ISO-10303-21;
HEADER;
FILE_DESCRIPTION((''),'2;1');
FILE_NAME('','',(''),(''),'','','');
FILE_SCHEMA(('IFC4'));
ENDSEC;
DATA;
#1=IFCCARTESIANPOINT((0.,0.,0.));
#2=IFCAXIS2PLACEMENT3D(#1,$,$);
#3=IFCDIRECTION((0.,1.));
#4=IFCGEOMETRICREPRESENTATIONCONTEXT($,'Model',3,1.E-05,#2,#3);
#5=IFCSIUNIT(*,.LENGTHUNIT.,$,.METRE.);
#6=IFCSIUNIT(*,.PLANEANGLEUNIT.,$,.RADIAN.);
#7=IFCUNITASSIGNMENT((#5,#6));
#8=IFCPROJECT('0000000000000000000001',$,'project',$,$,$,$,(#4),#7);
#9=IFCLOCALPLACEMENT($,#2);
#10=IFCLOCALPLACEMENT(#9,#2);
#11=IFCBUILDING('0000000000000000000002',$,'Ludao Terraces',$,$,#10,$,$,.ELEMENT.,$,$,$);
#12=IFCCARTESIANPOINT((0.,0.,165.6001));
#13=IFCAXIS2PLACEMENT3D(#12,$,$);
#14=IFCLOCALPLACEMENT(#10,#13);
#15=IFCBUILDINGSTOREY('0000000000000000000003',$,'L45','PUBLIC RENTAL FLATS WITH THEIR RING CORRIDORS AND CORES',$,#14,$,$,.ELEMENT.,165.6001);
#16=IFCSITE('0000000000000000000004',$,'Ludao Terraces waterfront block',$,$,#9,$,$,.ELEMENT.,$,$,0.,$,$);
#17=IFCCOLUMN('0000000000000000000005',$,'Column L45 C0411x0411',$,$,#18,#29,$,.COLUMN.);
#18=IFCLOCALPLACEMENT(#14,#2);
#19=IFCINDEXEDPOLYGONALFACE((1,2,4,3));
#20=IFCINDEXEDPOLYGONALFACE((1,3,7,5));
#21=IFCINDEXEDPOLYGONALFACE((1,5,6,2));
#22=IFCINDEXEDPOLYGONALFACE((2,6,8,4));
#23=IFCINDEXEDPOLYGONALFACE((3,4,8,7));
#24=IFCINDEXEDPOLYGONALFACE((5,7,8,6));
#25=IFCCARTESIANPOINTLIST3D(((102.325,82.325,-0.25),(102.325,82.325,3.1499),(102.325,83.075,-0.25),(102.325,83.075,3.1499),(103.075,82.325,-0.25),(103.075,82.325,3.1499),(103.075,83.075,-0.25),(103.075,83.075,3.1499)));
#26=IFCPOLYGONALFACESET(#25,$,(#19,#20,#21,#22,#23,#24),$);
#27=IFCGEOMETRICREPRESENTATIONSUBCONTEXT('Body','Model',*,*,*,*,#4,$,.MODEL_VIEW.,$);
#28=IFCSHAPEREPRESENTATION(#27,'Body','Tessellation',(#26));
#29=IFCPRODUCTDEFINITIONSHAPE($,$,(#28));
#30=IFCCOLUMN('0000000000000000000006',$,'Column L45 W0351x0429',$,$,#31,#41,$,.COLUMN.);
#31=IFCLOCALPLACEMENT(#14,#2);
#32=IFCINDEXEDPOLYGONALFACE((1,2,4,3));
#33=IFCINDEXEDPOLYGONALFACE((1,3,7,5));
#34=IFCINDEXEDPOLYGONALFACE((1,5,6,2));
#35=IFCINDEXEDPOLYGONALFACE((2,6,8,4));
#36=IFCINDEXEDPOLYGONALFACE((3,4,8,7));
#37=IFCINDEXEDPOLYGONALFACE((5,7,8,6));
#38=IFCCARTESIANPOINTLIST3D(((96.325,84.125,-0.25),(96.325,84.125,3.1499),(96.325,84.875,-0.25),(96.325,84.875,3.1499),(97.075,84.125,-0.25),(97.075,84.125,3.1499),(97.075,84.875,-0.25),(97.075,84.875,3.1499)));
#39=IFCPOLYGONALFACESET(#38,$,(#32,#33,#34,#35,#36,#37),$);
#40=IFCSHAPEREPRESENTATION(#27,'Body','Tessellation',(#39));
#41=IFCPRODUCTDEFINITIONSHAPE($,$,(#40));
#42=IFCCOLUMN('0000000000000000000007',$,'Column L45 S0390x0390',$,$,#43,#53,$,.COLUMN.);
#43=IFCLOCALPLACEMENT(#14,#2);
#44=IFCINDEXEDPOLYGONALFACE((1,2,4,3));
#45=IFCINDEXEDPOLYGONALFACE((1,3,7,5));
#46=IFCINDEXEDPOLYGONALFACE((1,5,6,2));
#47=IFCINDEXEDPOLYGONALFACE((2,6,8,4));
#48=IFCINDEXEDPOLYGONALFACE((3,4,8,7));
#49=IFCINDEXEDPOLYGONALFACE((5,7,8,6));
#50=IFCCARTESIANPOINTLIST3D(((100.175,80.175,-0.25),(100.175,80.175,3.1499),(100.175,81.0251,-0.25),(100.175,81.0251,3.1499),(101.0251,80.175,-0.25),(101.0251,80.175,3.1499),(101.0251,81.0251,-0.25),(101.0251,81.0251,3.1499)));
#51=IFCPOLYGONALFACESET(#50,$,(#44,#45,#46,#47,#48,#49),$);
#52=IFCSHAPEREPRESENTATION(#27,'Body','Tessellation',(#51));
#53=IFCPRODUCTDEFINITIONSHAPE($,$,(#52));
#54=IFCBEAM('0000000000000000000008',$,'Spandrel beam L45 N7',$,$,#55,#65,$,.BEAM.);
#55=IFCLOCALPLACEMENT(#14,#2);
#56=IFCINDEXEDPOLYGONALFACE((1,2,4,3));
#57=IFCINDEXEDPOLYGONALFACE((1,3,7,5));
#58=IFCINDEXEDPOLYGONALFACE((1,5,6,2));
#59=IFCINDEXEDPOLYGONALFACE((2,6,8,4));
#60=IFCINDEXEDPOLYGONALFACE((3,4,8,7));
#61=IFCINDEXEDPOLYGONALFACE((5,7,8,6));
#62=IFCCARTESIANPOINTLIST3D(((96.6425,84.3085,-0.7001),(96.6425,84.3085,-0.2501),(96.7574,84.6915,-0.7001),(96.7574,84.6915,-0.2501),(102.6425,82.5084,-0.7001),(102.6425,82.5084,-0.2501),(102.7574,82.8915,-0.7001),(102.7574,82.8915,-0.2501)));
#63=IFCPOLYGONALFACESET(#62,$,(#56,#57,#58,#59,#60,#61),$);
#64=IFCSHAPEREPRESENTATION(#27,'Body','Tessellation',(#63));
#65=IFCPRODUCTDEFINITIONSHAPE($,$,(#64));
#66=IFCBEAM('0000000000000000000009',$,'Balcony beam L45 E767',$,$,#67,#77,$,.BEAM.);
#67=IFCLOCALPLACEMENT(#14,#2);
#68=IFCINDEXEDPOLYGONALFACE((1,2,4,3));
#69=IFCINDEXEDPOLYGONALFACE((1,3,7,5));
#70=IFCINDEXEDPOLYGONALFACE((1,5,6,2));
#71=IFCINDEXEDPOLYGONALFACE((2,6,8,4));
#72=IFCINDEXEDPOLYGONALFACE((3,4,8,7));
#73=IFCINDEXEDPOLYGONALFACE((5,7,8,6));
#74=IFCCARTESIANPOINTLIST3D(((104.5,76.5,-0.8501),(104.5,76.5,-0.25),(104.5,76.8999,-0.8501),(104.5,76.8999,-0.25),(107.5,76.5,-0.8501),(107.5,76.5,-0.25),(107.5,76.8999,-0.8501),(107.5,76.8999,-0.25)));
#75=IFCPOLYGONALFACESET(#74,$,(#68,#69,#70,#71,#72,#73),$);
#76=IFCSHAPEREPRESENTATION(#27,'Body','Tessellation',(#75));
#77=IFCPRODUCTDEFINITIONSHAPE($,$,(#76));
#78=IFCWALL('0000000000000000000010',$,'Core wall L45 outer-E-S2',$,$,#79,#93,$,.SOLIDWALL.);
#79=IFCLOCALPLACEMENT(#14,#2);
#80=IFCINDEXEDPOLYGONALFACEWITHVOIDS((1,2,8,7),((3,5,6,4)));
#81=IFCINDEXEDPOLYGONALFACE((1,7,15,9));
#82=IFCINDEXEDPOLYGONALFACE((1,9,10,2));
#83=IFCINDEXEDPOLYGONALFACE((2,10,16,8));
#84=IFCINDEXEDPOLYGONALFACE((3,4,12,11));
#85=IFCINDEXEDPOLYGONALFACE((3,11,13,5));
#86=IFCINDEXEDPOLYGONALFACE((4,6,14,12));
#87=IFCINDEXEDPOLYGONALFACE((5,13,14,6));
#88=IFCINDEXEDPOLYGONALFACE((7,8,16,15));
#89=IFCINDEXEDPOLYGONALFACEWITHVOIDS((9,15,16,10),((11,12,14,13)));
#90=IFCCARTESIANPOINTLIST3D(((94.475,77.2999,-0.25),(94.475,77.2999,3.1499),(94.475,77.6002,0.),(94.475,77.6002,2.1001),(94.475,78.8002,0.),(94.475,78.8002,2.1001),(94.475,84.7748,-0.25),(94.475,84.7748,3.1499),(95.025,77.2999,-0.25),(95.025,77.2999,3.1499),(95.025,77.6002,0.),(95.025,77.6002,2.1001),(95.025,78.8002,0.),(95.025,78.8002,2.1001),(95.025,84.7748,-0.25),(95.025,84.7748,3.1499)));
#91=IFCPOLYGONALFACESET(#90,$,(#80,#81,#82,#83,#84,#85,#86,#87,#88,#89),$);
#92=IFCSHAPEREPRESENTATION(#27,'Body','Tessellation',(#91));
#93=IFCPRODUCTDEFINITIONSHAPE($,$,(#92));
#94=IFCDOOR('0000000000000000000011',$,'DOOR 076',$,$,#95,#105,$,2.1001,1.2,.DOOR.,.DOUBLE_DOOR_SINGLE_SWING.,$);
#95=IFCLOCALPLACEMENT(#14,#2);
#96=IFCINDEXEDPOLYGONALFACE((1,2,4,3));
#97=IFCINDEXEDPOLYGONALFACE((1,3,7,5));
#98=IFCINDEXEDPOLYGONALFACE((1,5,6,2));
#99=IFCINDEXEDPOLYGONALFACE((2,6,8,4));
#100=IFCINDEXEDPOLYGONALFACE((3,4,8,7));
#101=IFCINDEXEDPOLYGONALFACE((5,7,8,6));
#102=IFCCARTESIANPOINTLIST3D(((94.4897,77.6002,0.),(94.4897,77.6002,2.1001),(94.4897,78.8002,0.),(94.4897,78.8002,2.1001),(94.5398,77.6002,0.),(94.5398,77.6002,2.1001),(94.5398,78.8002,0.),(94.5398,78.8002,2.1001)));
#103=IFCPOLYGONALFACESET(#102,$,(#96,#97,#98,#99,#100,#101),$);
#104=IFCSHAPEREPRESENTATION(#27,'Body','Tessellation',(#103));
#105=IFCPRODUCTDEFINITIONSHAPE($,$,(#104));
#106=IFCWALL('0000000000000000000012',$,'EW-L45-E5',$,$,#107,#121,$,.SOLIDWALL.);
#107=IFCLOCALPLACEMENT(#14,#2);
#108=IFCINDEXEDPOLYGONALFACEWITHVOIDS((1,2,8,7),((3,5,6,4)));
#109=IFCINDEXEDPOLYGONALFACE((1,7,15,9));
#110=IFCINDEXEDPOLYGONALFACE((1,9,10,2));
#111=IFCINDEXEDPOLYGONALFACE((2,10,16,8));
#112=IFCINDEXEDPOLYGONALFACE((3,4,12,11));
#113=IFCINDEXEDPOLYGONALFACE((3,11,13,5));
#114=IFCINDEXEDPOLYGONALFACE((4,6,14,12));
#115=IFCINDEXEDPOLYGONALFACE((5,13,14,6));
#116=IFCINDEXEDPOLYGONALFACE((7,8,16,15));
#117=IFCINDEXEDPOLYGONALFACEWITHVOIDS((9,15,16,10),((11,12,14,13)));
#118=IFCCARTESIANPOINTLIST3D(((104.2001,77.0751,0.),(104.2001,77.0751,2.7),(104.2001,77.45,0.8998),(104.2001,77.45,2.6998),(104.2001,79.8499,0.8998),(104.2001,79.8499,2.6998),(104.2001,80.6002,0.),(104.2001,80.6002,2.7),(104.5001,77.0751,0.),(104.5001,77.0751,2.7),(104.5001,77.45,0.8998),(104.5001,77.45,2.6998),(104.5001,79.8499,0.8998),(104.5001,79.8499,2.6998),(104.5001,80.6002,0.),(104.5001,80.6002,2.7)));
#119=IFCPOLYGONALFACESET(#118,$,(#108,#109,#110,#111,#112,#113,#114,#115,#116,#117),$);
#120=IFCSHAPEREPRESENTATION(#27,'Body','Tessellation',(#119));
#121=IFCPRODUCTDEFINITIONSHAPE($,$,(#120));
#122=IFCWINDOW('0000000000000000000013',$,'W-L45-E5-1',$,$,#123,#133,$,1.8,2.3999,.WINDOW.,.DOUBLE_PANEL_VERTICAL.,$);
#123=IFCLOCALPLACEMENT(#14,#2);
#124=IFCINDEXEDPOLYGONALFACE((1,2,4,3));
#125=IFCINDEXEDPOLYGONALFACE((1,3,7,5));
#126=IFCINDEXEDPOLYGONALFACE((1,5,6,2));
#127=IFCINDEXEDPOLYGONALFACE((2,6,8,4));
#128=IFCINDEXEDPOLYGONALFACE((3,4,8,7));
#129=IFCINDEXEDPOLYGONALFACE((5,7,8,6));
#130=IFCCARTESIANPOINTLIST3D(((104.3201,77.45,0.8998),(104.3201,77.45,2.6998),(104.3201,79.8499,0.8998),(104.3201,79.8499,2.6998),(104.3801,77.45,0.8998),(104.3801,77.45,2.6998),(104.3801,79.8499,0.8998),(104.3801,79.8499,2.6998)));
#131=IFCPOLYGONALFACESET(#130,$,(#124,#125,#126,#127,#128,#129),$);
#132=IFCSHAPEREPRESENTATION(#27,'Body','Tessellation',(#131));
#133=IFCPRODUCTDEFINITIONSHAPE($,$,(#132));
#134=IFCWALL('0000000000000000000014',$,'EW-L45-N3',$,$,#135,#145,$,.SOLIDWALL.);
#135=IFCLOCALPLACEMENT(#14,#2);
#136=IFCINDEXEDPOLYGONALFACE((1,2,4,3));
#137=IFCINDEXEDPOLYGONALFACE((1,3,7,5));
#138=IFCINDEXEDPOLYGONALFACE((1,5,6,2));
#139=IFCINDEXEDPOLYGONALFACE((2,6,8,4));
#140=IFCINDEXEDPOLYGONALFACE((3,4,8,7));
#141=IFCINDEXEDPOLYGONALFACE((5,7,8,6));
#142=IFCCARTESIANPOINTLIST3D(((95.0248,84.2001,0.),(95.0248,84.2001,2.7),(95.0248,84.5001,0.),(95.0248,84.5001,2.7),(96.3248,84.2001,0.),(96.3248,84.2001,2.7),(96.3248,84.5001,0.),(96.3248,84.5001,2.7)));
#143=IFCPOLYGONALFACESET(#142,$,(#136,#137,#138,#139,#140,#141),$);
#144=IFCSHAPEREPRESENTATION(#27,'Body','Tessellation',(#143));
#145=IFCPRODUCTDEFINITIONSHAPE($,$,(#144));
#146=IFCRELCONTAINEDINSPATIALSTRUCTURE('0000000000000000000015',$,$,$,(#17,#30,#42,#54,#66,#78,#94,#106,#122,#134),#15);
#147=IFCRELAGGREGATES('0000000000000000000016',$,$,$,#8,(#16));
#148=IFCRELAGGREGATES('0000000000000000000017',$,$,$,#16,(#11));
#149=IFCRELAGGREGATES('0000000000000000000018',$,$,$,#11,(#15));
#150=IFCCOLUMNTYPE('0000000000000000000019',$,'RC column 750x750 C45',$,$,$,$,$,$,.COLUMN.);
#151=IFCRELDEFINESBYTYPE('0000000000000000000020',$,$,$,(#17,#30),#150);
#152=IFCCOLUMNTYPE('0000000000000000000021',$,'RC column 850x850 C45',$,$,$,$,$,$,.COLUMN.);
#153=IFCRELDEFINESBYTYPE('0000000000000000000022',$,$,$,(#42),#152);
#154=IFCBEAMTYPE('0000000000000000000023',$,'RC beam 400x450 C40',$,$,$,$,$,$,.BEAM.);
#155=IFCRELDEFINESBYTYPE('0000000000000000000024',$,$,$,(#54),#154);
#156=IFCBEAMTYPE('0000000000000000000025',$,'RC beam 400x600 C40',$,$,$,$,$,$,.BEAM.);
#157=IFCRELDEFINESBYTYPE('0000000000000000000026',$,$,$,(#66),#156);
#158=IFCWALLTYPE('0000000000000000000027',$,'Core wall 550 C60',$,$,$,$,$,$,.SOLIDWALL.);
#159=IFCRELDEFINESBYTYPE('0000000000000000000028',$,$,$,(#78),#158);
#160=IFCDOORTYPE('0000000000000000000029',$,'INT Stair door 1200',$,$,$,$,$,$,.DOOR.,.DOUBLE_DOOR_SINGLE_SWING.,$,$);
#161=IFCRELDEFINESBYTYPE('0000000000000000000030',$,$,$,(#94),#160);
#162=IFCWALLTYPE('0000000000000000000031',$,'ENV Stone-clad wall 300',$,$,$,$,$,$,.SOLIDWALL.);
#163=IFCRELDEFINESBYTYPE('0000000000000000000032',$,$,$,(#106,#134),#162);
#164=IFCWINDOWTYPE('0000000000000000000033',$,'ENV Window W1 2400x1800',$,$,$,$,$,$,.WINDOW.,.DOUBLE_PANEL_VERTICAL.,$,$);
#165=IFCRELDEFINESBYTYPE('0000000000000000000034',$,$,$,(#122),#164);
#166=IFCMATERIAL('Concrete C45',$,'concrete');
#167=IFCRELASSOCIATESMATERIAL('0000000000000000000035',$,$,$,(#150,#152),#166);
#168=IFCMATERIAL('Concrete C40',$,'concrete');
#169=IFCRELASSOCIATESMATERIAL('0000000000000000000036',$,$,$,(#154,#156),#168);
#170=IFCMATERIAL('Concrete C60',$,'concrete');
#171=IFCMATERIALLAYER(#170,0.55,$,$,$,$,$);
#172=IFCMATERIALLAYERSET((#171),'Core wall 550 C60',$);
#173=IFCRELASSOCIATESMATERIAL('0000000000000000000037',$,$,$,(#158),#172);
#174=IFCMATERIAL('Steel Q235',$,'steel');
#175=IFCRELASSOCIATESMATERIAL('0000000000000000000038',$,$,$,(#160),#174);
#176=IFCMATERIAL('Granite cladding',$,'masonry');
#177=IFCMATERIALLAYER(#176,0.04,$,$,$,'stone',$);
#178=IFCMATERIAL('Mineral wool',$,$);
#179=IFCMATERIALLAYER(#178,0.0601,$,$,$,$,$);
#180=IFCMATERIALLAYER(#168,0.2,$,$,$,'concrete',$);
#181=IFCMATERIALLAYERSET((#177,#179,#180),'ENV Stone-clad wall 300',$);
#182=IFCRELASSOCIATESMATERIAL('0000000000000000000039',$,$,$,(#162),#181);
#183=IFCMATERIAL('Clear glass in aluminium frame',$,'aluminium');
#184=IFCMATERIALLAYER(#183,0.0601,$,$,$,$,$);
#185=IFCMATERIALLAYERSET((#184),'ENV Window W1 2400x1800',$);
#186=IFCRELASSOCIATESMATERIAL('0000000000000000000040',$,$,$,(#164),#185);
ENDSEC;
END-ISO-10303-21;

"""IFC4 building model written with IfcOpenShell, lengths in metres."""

from ifc_helpers import new_model, si_unit, direction, frame, frame_2d, origin, origin_2d, place, context, subcontext, project, spatial, rectangle, extrude, material, layer, layer_set, material_profile, profile_set, type_object, element, fill, save


model = new_model("IFC4")

# Units and contexts
model_context = context("Model", 3, precision=1e-05, world=origin(), true_north=direction((0.0, 1.0)))
body_context = subcontext(model_context, "Body", "Model", "MODEL_VIEW")
ifc_project = project(units=[si_unit("LENGTHUNIT", "METRE"), si_unit("PLANEANGLEUNIT", "RADIAN")], contexts=[model_context])

# Site, building, storey
site_placement = place(None, origin())
site = spatial("IfcSite", under=ifc_project, at=site_placement, Name="Ludao Terraces waterfront block", CompositionType="ELEMENT", RefElevation=0.0)
building_placement = place(site_placement, origin())
building = spatial("IfcBuilding", under=site, at=building_placement, Name="Ludao Terraces", CompositionType="ELEMENT")
storey_placement = place(building_placement, frame((0.0, 0.0, 165.6001)))
storey = spatial("IfcBuildingStorey", under=building, at=storey_placement, Name="L45", Description="PUBLIC RENTAL FLATS WITH THEIR RING CORRIDORS AND CORES", CompositionType="ELEMENT", Elevation=165.6001)

# Columns
ifc_material_1 = material(Name="Concrete C45", Category="concrete")
ifc_material_profile_1 = material_profile(ifc_material_1, rectangle(XDim=0.75, YDim=0.75, at=origin_2d()), Name="750 X 750")
ifc_profile_set_1 = profile_set([ifc_material_profile_1], Name="Concrete C45")
column_type_1 = type_object("IfcColumnType", Name="RC column 750x750 C45", PredefinedType="COLUMN", material=ifc_profile_set_1)
for number, where, z_axis, x_axis, name in (
    (1, (102.7, 82.7, -0.25), (0.0, 0.0, 1.0), (1.0, 0.0, 0.0), "Column L45 C0411x0411"),
    (2, (96.7, 84.5, -0.25), (0.0, 0.0, 1.0), (1.0, 0.0, 0.0), "Column L45 W0351x0429"),
):
    element("IfcColumn", number, at=place(storey_placement, frame(where, z_axis=z_axis, x_axis=x_axis)), inside=storey, type_object=column_type_1, Name=name, PredefinedType="COLUMN", context=body_context, shape_type="SweptSolid", body=[
        extrude(rectangle(XDim=0.75, YDim=0.75, at=origin_2d()), origin(), (0.0, 0.0, 1.0), 3.3999),
    ])
ifc_material_profile_2 = material_profile(ifc_material_1, rectangle(XDim=0.8501, YDim=0.8501, at=origin_2d()), Name="850 X 850")
ifc_profile_set_2 = profile_set([ifc_material_profile_2], Name="Concrete C45")
column_type_2 = type_object("IfcColumnType", Name="RC column 850x850 C45", PredefinedType="COLUMN", material=ifc_profile_set_2)
column_placement = place(storey_placement, frame((100.6001, 80.6001, -0.25), z_axis=(0.0, 0.0, 1.0), x_axis=(1.0, 0.0, 0.0)))
element("IfcColumn", 3, at=column_placement, inside=storey, type_object=column_type_2, Name="Column L45 S0390x0390", PredefinedType="COLUMN", context=body_context, shape_type="SweptSolid", body=[
    extrude(rectangle(XDim=0.8501, YDim=0.8501, at=origin_2d()), origin(), (0.0, 0.0, 1.0), 3.3999),
])

# Beams
ifc_material_2 = material(Name="Concrete C40", Category="concrete")
ifc_material_profile_3 = material_profile(ifc_material_2, rectangle(XDim=0.3999, YDim=0.45, at=origin_2d()), Name="400 X 450")
ifc_profile_set_3 = profile_set([ifc_material_profile_3], Name="Concrete C40")
beam_type_1 = type_object("IfcBeamType", Name="RC beam 400x450 C40", PredefinedType="BEAM", material=ifc_profile_set_3)
beam_1_placement = place(storey_placement, frame((96.7, 84.5, -0.4751), z_axis=(0.957824, -0.287355, 0.0), x_axis=(0.287355, 0.957824, 0.0)))
element("IfcBeam", 4, at=beam_1_placement, inside=storey, type_object=beam_type_1, Name="Spandrel beam L45 N7", PredefinedType="BEAM", context=body_context, shape_type="SweptSolid", body=[
    extrude(rectangle(XDim=0.3999, YDim=0.45, at=origin_2d()), origin(), (0.0, 0.0, 1.0), 6.2642),
])
ifc_material_profile_4 = material_profile(ifc_material_2, rectangle(XDim=0.3999, YDim=0.6001, at=origin_2d()), Name="400 X 600")
ifc_profile_set_4 = profile_set([ifc_material_profile_4], Name="Concrete C40")
beam_type_2 = type_object("IfcBeamType", Name="RC beam 400x600 C40", PredefinedType="BEAM", material=ifc_profile_set_4)
beam_2_placement = place(storey_placement, frame((104.5, 76.7, -0.55), z_axis=(1.0, 0.0, 0.0), x_axis=(0.0, 1.0, 0.0)))
element("IfcBeam", 5, at=beam_2_placement, inside=storey, type_object=beam_type_2, Name="Balcony beam L45 E767", PredefinedType="BEAM", context=body_context, shape_type="SweptSolid", body=[
    extrude(rectangle(XDim=0.3999, YDim=0.6001, at=origin_2d()), origin(), (0.0, 0.0, 1.0), 3.0),
])

# Wall, opening, door
ifc_material_3 = material(Name="Concrete C60", Category="concrete")
ifc_layer_1 = layer(ifc_material_3, 0.55)
ifc_layer_set_1 = layer_set([ifc_layer_1], Name="Core wall 550 C60")
wall_type_1 = type_object("IfcWallType", Name="Core wall 550 C60", PredefinedType="SOLIDWALL", material=ifc_layer_set_1)
wall_1_placement = place(storey_placement, frame((94.75, 77.3, -0.25), z_axis=(0.0, 0.0, 1.0), x_axis=(0.0, 1.0, 0.0)))
wall_1 = element("IfcWall", 6, at=wall_1_placement, inside=storey, type_object=wall_type_1, Name="Core wall L45 outer-E-S2", PredefinedType="SOLIDWALL", context=body_context, shape_type="SweptSolid", body=[
    extrude(rectangle(XDim=7.4749, YDim=0.55, at=frame_2d((3.7373, 0.0))), origin(), (0.0, 0.0, 1.0), 3.3999),
])
opening_1_placement = place(wall_1_placement, frame((0.3, 0.0, 0.25)))
opening_1 = element("IfcOpeningElement", 7, at=opening_1_placement, cuts=wall_1, PredefinedType="OPENING", context=body_context, shape_type="SweptSolid", body=[
    extrude(rectangle(XDim=1.2, YDim=2.1001, at=frame_2d((0.6001, 1.05))), frame((0.0, 0.2852, 0.0), z_axis=(0.0, -1.0, 0.0), x_axis=(1.0, 0.0, 0.0)), (0.0, 0.0, 1.0), 0.5701),
])
ifc_material_4 = material(Name="Steel Q235", Category="steel")
door_type_1 = type_object("IfcDoorType", Name="INT Stair door 1200", OperationType="DOUBLE_DOOR_SINGLE_SWING", PredefinedType="DOOR", material=ifc_material_4)
door_1_placement = place(opening_1_placement, origin())
door_1 = element("IfcDoor", 8, at=door_1_placement, inside=storey, type_object=door_type_1, Name="DOOR 076", OperationType="DOUBLE_DOOR_SINGLE_SWING", OverallHeight=2.1001, OverallWidth=1.2, PredefinedType="DOOR", context=body_context, shape_type="SweptSolid", body=[
    extrude(rectangle(XDim=1.2, YDim=2.1001, at=frame_2d((0.6001, 1.05))), frame((0.0, 0.2603, 0.0), z_axis=(0.0, -1.0, 0.0), x_axis=(1.0, 0.0, 0.0)), (0.0, 0.0, 1.0), 0.05),
])
fill(opening_1, door_1)

# Wall, opening, window
ifc_material_5 = material(Name="Granite cladding", Category="masonry")
ifc_layer_2 = layer(ifc_material_5, 0.04, Category="stone")
ifc_material_6 = material(Name="Mineral wool")
ifc_layer_3 = layer(ifc_material_6, 0.0601)
ifc_layer_4 = layer(ifc_material_2, 0.2, Category="concrete")
ifc_layer_set_2 = layer_set([ifc_layer_2, ifc_layer_3, ifc_layer_4], Name="ENV Stone-clad wall 300")
wall_type_2 = type_object("IfcWallType", Name="ENV Stone-clad wall 300", PredefinedType="SOLIDWALL", material=ifc_layer_set_2)
wall_2_placement = place(storey_placement, frame((104.3501, 77.075, 0.0), z_axis=(0.0, 0.0, 1.0), x_axis=(0.0, 1.0, 0.0)))
wall_2 = element("IfcWall", 9, at=wall_2_placement, inside=storey, type_object=wall_type_2, Name="EW-L45-E5", PredefinedType="SOLIDWALL", context=body_context, shape_type="SweptSolid", body=[
    extrude(rectangle(XDim=3.5251, YDim=0.3, at=frame_2d((1.7627, 0.0))), origin(), (0.0, 0.0, 1.0), 2.7),
])
opening_2_placement = place(wall_2_placement, frame((0.375, 0.0, 0.8999)))
opening_2 = element("IfcOpeningElement", 10, at=opening_2_placement, cuts=wall_2, PredefinedType="OPENING", context=body_context, shape_type="SweptSolid", body=[
    extrude(rectangle(XDim=2.3999, YDim=1.8, at=frame_2d((1.2, 0.8999))), frame((0.0, 0.1602, 0.0), z_axis=(0.0, -1.0, 0.0), x_axis=(1.0, 0.0, 0.0)), (0.0, 0.0, 1.0), 0.3201),
])
ifc_material_7 = material(Name="Clear glass in aluminium frame", Category="aluminium")
ifc_layer_5 = layer(ifc_material_7, 0.0601)
ifc_layer_set_3 = layer_set([ifc_layer_5], Name="ENV Window W1 2400x1800")
window_type_1 = type_object("IfcWindowType", Name="ENV Window W1 2400x1800", PartitioningType="DOUBLE_PANEL_VERTICAL", PredefinedType="WINDOW", material=ifc_layer_set_3)
window_1_placement = place(opening_2_placement, origin())
window_1 = element("IfcWindow", 11, at=window_1_placement, inside=storey, type_object=window_type_1, Name="W-L45-E5-1", OverallHeight=1.8, OverallWidth=2.3999, PartitioningType="DOUBLE_PANEL_VERTICAL", PredefinedType="WINDOW", context=body_context, shape_type="SweptSolid", body=[
    extrude(rectangle(XDim=2.3999, YDim=1.8, at=frame_2d((1.2, 0.8999))), frame((0.0, 0.03, 0.0), z_axis=(0.0, -1.0, 0.0), x_axis=(1.0, 0.0, 0.0)), (0.0, 0.0, 1.0), 0.0601),
])
fill(opening_2, window_1)

# Wall
wall_3_placement = place(storey_placement, frame((95.0249, 84.3501, 0.0), z_axis=(0.0, 0.0, 1.0), x_axis=(1.0, 0.0, 0.0)))
element("IfcWall", 12, at=wall_3_placement, inside=storey, type_object=wall_type_2, Name="EW-L45-N3", PredefinedType="SOLIDWALL", context=body_context, shape_type="SweptSolid", body=[
    extrude(rectangle(XDim=1.3, YDim=0.3, at=frame_2d((0.6499, 0.0))), origin(), (0.0, 0.0, 1.0), 2.7),
])

save(model, "model.ifc")
